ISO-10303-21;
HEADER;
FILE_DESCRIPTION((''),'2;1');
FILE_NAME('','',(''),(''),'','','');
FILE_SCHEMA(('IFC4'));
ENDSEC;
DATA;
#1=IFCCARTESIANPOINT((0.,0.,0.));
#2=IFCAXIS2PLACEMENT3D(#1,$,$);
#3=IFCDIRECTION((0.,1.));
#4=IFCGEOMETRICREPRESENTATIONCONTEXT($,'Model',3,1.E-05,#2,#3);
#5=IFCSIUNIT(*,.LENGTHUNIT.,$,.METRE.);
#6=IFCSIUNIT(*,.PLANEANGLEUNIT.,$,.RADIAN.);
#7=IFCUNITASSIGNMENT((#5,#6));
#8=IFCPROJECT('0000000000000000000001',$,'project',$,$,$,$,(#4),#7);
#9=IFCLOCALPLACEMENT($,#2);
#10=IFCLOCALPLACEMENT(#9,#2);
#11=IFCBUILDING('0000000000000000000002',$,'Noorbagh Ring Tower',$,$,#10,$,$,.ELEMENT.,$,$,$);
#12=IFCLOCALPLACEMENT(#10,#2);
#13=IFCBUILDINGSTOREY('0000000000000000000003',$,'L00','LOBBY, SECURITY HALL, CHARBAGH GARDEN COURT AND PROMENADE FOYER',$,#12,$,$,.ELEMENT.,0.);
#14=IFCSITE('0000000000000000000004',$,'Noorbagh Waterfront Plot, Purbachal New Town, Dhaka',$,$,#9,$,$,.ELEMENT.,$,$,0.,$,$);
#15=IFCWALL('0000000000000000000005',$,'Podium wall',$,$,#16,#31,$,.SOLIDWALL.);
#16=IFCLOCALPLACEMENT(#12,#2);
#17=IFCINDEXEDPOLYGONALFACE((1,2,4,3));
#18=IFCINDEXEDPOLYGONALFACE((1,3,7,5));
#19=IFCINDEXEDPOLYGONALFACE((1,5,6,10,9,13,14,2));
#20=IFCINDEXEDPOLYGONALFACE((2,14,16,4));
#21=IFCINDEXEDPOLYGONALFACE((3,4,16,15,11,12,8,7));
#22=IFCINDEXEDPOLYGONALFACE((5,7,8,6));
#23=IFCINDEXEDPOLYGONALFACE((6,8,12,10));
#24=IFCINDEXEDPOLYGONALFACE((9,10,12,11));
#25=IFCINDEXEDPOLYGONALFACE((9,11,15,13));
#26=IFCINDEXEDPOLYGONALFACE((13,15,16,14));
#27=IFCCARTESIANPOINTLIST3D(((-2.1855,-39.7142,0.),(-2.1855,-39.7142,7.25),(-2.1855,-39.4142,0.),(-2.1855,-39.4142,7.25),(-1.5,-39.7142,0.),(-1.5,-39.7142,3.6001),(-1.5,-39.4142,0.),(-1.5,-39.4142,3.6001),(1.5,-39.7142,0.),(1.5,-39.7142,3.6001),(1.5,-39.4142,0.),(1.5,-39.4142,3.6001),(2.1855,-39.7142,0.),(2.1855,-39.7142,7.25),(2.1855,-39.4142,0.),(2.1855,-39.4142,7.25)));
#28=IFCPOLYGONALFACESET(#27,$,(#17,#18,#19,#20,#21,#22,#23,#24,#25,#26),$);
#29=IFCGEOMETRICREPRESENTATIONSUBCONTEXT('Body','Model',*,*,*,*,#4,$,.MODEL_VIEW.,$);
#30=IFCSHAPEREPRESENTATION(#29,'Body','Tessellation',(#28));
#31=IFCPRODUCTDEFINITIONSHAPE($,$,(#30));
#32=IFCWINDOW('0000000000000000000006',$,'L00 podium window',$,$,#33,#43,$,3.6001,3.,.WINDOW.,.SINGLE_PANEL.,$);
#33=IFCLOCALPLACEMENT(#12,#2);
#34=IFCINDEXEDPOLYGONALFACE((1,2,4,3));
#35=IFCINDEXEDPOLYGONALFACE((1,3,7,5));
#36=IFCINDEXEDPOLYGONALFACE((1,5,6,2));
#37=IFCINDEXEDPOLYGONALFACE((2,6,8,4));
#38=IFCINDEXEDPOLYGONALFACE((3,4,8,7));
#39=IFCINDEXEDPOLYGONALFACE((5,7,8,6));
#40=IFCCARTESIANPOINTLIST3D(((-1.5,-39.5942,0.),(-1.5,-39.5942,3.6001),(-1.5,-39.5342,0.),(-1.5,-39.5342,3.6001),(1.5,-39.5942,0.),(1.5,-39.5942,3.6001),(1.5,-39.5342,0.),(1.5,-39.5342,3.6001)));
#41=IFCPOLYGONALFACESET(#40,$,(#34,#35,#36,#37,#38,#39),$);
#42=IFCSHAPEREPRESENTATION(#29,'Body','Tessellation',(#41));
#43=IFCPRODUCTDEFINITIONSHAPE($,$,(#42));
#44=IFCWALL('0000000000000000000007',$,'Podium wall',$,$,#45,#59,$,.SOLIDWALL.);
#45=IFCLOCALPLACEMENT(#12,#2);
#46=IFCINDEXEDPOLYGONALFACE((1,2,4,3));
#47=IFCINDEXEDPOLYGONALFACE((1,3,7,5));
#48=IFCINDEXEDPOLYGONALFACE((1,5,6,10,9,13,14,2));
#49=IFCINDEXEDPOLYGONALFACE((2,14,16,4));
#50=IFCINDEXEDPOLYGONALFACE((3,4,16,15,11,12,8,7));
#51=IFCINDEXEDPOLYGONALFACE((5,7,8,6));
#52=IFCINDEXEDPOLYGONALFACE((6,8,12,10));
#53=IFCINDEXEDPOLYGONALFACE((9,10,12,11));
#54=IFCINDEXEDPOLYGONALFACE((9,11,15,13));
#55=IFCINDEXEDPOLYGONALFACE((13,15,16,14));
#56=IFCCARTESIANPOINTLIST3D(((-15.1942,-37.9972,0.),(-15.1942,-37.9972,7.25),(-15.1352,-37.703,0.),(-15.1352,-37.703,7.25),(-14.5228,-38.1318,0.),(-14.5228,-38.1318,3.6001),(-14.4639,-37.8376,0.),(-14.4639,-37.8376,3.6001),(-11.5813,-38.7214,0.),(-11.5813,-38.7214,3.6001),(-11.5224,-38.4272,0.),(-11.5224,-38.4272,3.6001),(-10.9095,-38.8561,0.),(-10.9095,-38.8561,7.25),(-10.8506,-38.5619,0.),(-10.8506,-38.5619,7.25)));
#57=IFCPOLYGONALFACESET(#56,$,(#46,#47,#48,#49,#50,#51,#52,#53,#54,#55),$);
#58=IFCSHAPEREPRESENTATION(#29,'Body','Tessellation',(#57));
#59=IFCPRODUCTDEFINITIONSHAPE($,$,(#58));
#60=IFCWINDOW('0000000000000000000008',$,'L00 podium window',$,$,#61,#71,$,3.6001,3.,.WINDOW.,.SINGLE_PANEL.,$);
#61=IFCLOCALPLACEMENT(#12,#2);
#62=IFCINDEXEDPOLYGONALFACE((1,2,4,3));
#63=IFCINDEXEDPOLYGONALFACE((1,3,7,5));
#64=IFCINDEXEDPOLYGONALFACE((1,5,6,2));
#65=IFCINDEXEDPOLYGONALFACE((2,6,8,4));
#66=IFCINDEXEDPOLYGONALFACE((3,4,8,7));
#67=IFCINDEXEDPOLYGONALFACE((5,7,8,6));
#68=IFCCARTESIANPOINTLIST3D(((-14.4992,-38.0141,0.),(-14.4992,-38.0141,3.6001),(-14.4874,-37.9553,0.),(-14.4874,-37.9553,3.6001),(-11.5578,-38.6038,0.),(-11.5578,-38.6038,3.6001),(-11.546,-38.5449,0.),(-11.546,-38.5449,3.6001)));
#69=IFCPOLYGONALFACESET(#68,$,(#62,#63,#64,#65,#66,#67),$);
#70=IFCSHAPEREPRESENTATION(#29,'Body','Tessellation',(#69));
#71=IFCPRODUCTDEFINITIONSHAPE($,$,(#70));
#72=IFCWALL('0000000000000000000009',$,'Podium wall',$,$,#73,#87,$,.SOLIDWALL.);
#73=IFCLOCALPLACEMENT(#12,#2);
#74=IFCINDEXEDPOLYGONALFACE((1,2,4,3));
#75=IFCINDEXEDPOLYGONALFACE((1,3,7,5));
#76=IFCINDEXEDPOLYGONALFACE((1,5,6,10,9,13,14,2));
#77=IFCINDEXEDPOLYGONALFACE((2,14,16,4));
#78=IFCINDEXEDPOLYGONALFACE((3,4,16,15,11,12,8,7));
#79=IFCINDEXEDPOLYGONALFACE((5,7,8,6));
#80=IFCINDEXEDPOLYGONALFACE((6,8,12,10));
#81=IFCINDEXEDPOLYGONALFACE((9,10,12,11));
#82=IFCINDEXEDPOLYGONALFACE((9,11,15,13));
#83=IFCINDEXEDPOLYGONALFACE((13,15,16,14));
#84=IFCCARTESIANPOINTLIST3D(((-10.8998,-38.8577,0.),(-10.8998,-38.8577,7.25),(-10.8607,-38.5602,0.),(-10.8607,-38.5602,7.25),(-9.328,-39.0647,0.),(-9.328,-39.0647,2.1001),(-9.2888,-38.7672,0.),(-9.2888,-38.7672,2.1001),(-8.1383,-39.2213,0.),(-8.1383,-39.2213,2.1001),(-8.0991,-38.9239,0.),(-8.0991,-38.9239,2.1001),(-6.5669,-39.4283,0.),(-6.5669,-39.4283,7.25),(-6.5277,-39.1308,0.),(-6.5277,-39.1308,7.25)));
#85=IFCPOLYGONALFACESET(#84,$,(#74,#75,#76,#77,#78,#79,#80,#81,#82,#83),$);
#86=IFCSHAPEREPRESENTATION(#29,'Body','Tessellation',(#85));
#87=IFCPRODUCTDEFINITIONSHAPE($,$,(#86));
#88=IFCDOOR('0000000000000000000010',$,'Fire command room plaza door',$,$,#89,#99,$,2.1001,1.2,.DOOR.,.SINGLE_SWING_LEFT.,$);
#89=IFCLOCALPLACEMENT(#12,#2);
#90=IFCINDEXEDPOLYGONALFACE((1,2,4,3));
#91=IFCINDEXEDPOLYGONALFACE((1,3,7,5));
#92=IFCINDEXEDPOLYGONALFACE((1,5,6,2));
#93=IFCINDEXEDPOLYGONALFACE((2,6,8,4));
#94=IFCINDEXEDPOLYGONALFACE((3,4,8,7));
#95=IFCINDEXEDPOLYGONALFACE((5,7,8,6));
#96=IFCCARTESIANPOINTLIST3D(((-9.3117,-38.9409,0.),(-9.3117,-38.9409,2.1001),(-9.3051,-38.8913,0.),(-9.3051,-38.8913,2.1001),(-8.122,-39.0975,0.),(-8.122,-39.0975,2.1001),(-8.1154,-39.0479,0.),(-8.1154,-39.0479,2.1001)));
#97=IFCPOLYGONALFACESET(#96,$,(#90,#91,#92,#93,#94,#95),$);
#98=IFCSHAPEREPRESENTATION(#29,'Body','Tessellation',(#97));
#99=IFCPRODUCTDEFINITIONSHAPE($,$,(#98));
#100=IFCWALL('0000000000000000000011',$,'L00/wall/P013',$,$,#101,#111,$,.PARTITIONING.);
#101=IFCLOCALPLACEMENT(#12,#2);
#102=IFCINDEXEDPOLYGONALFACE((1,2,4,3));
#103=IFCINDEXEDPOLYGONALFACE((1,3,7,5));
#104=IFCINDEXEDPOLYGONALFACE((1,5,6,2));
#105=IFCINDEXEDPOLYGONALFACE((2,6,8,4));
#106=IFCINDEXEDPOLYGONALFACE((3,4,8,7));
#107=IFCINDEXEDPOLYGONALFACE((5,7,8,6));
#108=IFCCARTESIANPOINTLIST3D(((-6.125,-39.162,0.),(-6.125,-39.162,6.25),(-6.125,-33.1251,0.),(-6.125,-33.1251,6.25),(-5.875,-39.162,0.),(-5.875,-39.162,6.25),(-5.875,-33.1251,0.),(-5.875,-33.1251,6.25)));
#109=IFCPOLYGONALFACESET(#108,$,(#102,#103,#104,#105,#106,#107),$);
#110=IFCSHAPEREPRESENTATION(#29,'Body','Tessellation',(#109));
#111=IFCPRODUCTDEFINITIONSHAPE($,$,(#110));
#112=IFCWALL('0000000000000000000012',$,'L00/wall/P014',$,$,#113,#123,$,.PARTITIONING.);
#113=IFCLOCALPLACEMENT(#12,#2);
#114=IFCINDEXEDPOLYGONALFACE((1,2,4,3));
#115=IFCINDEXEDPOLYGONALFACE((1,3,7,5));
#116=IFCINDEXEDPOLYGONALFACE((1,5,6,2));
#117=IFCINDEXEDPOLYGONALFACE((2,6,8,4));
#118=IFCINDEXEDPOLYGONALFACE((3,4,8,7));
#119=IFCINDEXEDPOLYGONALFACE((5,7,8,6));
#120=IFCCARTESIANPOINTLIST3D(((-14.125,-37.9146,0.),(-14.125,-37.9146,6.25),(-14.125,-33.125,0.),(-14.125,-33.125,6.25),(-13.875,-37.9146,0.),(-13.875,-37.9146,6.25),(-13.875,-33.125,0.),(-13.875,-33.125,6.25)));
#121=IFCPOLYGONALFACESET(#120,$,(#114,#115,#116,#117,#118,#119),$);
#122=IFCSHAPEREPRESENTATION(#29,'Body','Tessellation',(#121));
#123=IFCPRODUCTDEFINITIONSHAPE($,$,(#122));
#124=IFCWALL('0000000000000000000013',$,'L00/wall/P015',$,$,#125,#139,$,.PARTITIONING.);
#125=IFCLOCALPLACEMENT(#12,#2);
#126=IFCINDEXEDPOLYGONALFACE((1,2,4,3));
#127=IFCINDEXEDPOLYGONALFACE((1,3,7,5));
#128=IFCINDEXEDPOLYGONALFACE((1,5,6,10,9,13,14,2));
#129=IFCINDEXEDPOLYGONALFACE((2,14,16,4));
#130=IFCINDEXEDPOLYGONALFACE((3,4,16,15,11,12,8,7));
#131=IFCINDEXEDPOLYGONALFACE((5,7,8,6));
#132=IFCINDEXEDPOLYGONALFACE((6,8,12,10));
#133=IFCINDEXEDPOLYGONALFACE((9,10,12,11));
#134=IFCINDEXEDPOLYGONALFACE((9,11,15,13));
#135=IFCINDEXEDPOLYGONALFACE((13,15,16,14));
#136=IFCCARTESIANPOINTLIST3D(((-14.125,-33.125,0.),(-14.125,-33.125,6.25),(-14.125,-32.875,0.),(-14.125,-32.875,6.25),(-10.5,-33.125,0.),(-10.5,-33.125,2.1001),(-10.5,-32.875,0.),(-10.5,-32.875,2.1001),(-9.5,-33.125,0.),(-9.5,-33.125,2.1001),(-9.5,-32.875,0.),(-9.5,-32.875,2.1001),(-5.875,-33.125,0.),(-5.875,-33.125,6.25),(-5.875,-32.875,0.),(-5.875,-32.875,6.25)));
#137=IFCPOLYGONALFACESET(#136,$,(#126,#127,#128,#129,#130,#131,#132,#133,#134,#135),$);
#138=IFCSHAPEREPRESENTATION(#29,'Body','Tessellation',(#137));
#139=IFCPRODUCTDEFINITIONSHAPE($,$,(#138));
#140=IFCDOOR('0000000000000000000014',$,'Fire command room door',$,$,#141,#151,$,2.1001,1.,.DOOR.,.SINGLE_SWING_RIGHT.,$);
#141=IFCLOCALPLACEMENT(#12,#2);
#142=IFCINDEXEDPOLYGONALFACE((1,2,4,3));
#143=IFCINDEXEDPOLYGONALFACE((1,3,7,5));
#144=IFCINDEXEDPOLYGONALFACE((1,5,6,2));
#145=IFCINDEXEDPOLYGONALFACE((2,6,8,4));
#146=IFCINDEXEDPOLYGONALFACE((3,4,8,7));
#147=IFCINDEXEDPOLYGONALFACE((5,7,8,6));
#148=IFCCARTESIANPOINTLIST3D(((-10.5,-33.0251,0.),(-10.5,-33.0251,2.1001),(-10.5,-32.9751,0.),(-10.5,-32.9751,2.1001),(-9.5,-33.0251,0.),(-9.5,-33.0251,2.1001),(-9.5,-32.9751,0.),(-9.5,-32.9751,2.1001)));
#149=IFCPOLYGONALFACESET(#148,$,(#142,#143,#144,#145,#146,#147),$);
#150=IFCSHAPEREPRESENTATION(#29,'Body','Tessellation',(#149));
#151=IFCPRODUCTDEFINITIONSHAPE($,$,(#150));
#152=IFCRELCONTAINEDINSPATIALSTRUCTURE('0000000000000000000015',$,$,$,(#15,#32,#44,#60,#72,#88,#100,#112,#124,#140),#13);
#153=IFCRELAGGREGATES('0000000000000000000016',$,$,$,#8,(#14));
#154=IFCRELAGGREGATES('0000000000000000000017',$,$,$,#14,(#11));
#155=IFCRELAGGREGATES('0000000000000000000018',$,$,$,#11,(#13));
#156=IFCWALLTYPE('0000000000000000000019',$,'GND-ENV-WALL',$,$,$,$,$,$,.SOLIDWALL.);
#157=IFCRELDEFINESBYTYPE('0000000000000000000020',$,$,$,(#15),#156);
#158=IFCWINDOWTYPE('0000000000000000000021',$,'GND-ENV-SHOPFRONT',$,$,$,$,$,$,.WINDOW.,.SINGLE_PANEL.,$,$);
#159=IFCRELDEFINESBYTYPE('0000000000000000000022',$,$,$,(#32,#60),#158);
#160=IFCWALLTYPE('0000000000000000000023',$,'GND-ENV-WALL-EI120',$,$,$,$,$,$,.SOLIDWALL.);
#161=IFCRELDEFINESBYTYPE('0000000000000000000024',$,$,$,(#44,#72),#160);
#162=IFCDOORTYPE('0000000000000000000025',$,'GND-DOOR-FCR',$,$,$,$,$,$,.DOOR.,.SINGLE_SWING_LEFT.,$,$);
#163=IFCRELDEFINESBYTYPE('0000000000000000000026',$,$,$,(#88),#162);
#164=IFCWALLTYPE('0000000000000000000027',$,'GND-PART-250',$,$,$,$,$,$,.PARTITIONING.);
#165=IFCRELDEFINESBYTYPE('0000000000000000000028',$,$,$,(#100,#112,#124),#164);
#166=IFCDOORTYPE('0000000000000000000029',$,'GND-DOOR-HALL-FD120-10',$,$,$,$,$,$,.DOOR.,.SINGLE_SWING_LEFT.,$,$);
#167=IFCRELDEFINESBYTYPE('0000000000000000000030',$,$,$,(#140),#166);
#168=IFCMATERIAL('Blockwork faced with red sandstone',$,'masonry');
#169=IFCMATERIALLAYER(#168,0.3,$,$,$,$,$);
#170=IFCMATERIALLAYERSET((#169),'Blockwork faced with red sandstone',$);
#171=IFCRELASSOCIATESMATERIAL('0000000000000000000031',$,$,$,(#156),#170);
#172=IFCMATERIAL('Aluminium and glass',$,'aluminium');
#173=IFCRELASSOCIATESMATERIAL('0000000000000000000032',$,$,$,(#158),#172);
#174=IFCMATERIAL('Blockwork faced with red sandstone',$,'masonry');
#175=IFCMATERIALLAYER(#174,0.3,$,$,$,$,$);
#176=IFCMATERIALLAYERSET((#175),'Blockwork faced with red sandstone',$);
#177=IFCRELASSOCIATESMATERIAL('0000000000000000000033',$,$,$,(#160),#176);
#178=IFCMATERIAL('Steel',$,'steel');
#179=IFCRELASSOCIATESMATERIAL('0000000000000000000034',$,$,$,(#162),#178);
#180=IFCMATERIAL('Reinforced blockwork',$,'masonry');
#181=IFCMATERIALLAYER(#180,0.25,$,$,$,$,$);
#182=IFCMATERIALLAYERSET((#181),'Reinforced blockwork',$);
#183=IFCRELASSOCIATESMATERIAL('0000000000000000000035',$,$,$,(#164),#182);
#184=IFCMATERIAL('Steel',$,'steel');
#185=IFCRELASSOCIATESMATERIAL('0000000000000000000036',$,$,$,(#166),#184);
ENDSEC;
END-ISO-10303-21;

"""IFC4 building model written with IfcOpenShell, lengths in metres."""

from ifc_helpers import new_model, si_unit, direction, frame, frame_2d, origin, place, context, subcontext, project, spatial, rectangle, extrude, material, layer, layer_set, type_object, element, fill, save


model = new_model("IFC4")

# Units and contexts
model_context = context("Model", 3, precision=1e-05, world=origin(), true_north=direction((0.0, 1.0)))
body_context = subcontext(model_context, "Body", "Model", "MODEL_VIEW")
ifc_project = project(units=[si_unit("LENGTHUNIT", "METRE"), si_unit("PLANEANGLEUNIT", "RADIAN")], contexts=[model_context])

# Site, building, storey
site_placement = place(None, origin())
site = spatial("IfcSite", under=ifc_project, at=site_placement, Name="Noorbagh Waterfront Plot, Purbachal New Town, Dhaka", CompositionType="ELEMENT", RefElevation=0.0)
building_placement = place(site_placement, origin())
building = spatial("IfcBuilding", under=site, at=building_placement, Name="Noorbagh Ring Tower", CompositionType="ELEMENT")
storey_placement = place(building_placement, origin())
storey = spatial("IfcBuildingStorey", under=building, at=storey_placement, Name="L00", Description="LOBBY, SECURITY HALL, CHARBAGH GARDEN COURT AND PROMENADE FOYER", CompositionType="ELEMENT", Elevation=0.0)

# Walls, openings, windows
ifc_material_1 = material(Name="Blockwork faced with red sandstone", Category="masonry")
ifc_layer_1 = layer(ifc_material_1, 0.3)
ifc_layer_set_1 = layer_set([ifc_layer_1], Name="Blockwork faced with red sandstone")
wall_type_1 = type_object("IfcWallType", Name="GND-ENV-WALL", PredefinedType="SOLIDWALL", material=ifc_layer_set_1)
wall_1_placement = place(storey_placement, frame((-2.1855, -39.5642, 0.0), z_axis=(0.0, 0.0, 1.0), x_axis=(1.0, 0.0, 0.0)))
wall_1 = element("IfcWall", 1, at=wall_1_placement, inside=storey, type_object=wall_type_1, Name="Podium wall", PredefinedType="SOLIDWALL", context=body_context, shape_type="SweptSolid", body=[
    extrude(rectangle(XDim=4.3711, YDim=0.3, at=frame_2d((2.1855, 0.0))), origin(), (0.0, 0.0, 1.0), 7.25),
])
opening_1_placement = place(wall_1_placement, frame((0.6855, 0.0, 0.0)))
opening_1 = element("IfcOpeningElement", 2, at=opening_1_placement, cuts=wall_1, PredefinedType="OPENING", context=body_context, shape_type="SweptSolid", body=[
    extrude(rectangle(XDim=3.0, YDim=3.6001, at=frame_2d((1.5, 1.8))), frame((0.0, 0.1602, 0.0), z_axis=(0.0, -1.0, 0.0), x_axis=(1.0, 0.0, 0.0)), (0.0, 0.0, 1.0), 0.3201),
])
ifc_material_2 = material(Name="Aluminium and glass", Category="aluminium")
window_type = type_object("IfcWindowType", Name="GND-ENV-SHOPFRONT", PartitioningType="SINGLE_PANEL", PredefinedType="WINDOW", material=ifc_material_2)
window_1_placement = place(opening_1_placement, origin())
window_1 = element("IfcWindow", 3, at=window_1_placement, inside=storey, type_object=window_type, Name="L00 podium window", OverallHeight=3.6001, OverallWidth=3.0, PartitioningType="SINGLE_PANEL", PredefinedType="WINDOW", context=body_context, shape_type="SweptSolid", body=[
    extrude(rectangle(XDim=3.0, YDim=3.6001, at=frame_2d((1.5, 1.8))), frame((0.0, 0.03, 0.0), z_axis=(0.0, -1.0, 0.0), x_axis=(1.0, 0.0, 0.0)), (0.0, 0.0, 1.0), 0.0601),
])
fill(opening_1, window_1)
ifc_material_3 = material(Name="Blockwork faced with red sandstone", Category="masonry")
ifc_layer_2 = layer(ifc_material_3, 0.3)
ifc_layer_set_2 = layer_set([ifc_layer_2], Name="Blockwork faced with red sandstone")
wall_type_2 = type_object("IfcWallType", Name="GND-ENV-WALL-EI120", PredefinedType="SOLIDWALL", material=ifc_layer_set_2)
wall_2_placement = place(storey_placement, frame((-15.1648, -37.8501, 0.0), z_axis=(0.0, 0.0, 1.0), x_axis=(0.980495, -0.196546, 0.0)))
wall_2 = element("IfcWall", 4, at=wall_2_placement, inside=storey, type_object=wall_type_2, Name="Podium wall", PredefinedType="SOLIDWALL", context=body_context, shape_type="SweptSolid", body=[
    extrude(rectangle(XDim=4.3699, YDim=0.3, at=frame_2d((2.1851, 0.0))), origin(), (0.0, 0.0, 1.0), 7.25),
])
opening_2_placement = place(wall_2_placement, frame((0.6848, 0.0, 0.0)))
opening_2 = element("IfcOpeningElement", 5, at=opening_2_placement, cuts=wall_2, PredefinedType="OPENING", context=body_context, shape_type="SweptSolid", body=[
    extrude(rectangle(XDim=3.0, YDim=3.6001, at=frame_2d((1.5, 1.8))), frame((0.0, 0.1602, 0.0), z_axis=(0.0, -1.0, 0.0), x_axis=(1.0, 0.0, 0.0)), (0.0, 0.0, 1.0), 0.3201),
])
window_2_placement = place(opening_2_placement, origin())
window_2 = element("IfcWindow", 6, at=window_2_placement, inside=storey, type_object=window_type, Name="L00 podium window", OverallHeight=3.6001, OverallWidth=3.0, PartitioningType="SINGLE_PANEL", PredefinedType="WINDOW", context=body_context, shape_type="SweptSolid", body=[
    extrude(rectangle(XDim=3.0, YDim=3.6001, at=frame_2d((1.5, 1.8))), frame((0.0, 0.03, 0.0), z_axis=(0.0, -1.0, 0.0), x_axis=(1.0, 0.0, 0.0)), (0.0, 0.0, 1.0), 0.0601),
])
fill(opening_2, window_2)

# Wall, opening, door
wall_3_placement = place(storey_placement, frame((-10.8801, -38.709, 0.0), z_axis=(0.0, 0.0, 1.0), x_axis=(0.991442, -0.13055, 0.0)))
wall_3 = element("IfcWall", 7, at=wall_3_placement, inside=storey, type_object=wall_type_2, Name="Podium wall", PredefinedType="SOLIDWALL", context=body_context, shape_type="SweptSolid", body=[
    extrude(rectangle(XDim=4.3704, YDim=0.3, at=frame_2d((2.1851, 0.0))), origin(), (0.0, 0.0, 1.0), 7.25),
])
opening_3_placement = place(wall_3_placement, frame((1.5852, 0.0, 0.0)))
opening_3 = element("IfcOpeningElement", 8, at=opening_3_placement, cuts=wall_3, PredefinedType="OPENING", context=body_context, shape_type="SweptSolid", body=[
    extrude(rectangle(XDim=1.2, YDim=2.1001, at=frame_2d((0.6001, 1.05))), frame((0.0, 0.1602, 0.0), z_axis=(0.0, -1.0, 0.0), x_axis=(1.0, 0.0, 0.0)), (0.0, 0.0, 1.0), 0.3201),
])
ifc_material_4 = material(Name="Steel", Category="steel")
door_type_1 = type_object("IfcDoorType", Name="GND-DOOR-FCR", OperationType="SINGLE_SWING_LEFT", PredefinedType="DOOR", material=ifc_material_4)
door_1_placement = place(opening_3_placement, frame((1.2, 0.0, 0.0), z_axis=(0.0, 0.0, 1.0), x_axis=(-1.0, 0.0, 0.0)))
door_1 = element("IfcDoor", 9, at=door_1_placement, inside=storey, type_object=door_type_1, Name="Fire command room plaza door", OperationType="SINGLE_SWING_LEFT", OverallHeight=2.1001, OverallWidth=1.2, PredefinedType="DOOR", context=body_context, shape_type="SweptSolid", body=[
    extrude(rectangle(XDim=1.2, YDim=2.1001, at=frame_2d((0.5999, 1.05))), frame((0.0, 0.0251, 0.0), z_axis=(0.0, -1.0, 0.0), x_axis=(1.0, 0.0, 0.0)), (0.0, 0.0, 1.0), 0.05),
])
fill(opening_3, door_1)

# Walls
ifc_material_5 = material(Name="Reinforced blockwork", Category="masonry")
ifc_layer_3 = layer(ifc_material_5, 0.25)
ifc_layer_set_3 = layer_set([ifc_layer_3], Name="Reinforced blockwork")
wall_type_3 = type_object("IfcWallType", Name="GND-PART-250", PredefinedType="PARTITIONING", material=ifc_layer_set_3)
wall_4_placement = place(storey_placement, frame((-6.0, -33.125, 0.0), z_axis=(0.0, 0.0, 1.0), x_axis=(0.0, -1.0, 0.0)))
element("IfcWall", 10, at=wall_4_placement, inside=storey, type_object=wall_type_3, Name="L00/wall/P013", PredefinedType="PARTITIONING", context=body_context, shape_type="SweptSolid", body=[
    extrude(rectangle(XDim=6.0369, YDim=0.25, at=frame_2d((3.0186, 0.0))), origin(), (0.0, 0.0, 1.0), 6.25),
])
wall_5_placement = place(storey_placement, frame((-14.0, -37.9146, 0.0), z_axis=(0.0, 0.0, 1.0), x_axis=(0.0, 1.0, 0.0)))
element("IfcWall", 11, at=wall_5_placement, inside=storey, type_object=wall_type_3, Name="L00/wall/P014", PredefinedType="PARTITIONING", context=body_context, shape_type="SweptSolid", body=[
    extrude(rectangle(XDim=4.7896, YDim=0.25, at=frame_2d((2.3948, 0.0))), origin(), (0.0, 0.0, 1.0), 6.25),
])

# Wall, opening, door
wall_6_placement = place(storey_placement, frame((-14.125, -33.0, 0.0), z_axis=(0.0, 0.0, 1.0), x_axis=(1.0, 0.0, 0.0)))
wall_6 = element("IfcWall", 12, at=wall_6_placement, inside=storey, type_object=wall_type_3, Name="L00/wall/P015", PredefinedType="PARTITIONING", context=body_context, shape_type="SweptSolid", body=[
    extrude(rectangle(XDim=8.25, YDim=0.25, at=frame_2d((4.125, 0.0))), origin(), (0.0, 0.0, 1.0), 6.25),
])
opening_4_placement = place(wall_6_placement, frame((3.625, 0.0, 0.0)))
opening_4 = element("IfcOpeningElement", 13, at=opening_4_placement, cuts=wall_6, PredefinedType="OPENING", context=body_context, shape_type="SweptSolid", body=[
    extrude(rectangle(XDim=1.0, YDim=2.1001, at=frame_2d((0.5, 1.05))), frame((0.0, 0.135, 0.0), z_axis=(0.0, -1.0, 0.0), x_axis=(1.0, 0.0, 0.0)), (0.0, 0.0, 1.0), 0.27),
])
ifc_material_6 = material(Name="Steel", Category="steel")
door_type_2 = type_object("IfcDoorType", Name="GND-DOOR-HALL-FD120-10", OperationType="SINGLE_SWING_LEFT", PredefinedType="DOOR", material=ifc_material_6)
door_2_placement = place(opening_4_placement, origin())
door_2 = element("IfcDoor", 14, at=door_2_placement, inside=storey, type_object=door_type_2, Name="Fire command room door", OperationType="SINGLE_SWING_RIGHT", OverallHeight=2.1001, OverallWidth=1.0, PredefinedType="DOOR", context=body_context, shape_type="SweptSolid", body=[
    extrude(rectangle(XDim=1.0, YDim=2.1001, at=frame_2d((0.5, 1.05))), frame((0.0, 0.0249, 0.0), z_axis=(0.0, -1.0, 0.0), x_axis=(1.0, 0.0, 0.0)), (0.0, 0.0, 1.0), 0.05),
])
fill(opening_4, door_2)

save(model, "model.ifc")
